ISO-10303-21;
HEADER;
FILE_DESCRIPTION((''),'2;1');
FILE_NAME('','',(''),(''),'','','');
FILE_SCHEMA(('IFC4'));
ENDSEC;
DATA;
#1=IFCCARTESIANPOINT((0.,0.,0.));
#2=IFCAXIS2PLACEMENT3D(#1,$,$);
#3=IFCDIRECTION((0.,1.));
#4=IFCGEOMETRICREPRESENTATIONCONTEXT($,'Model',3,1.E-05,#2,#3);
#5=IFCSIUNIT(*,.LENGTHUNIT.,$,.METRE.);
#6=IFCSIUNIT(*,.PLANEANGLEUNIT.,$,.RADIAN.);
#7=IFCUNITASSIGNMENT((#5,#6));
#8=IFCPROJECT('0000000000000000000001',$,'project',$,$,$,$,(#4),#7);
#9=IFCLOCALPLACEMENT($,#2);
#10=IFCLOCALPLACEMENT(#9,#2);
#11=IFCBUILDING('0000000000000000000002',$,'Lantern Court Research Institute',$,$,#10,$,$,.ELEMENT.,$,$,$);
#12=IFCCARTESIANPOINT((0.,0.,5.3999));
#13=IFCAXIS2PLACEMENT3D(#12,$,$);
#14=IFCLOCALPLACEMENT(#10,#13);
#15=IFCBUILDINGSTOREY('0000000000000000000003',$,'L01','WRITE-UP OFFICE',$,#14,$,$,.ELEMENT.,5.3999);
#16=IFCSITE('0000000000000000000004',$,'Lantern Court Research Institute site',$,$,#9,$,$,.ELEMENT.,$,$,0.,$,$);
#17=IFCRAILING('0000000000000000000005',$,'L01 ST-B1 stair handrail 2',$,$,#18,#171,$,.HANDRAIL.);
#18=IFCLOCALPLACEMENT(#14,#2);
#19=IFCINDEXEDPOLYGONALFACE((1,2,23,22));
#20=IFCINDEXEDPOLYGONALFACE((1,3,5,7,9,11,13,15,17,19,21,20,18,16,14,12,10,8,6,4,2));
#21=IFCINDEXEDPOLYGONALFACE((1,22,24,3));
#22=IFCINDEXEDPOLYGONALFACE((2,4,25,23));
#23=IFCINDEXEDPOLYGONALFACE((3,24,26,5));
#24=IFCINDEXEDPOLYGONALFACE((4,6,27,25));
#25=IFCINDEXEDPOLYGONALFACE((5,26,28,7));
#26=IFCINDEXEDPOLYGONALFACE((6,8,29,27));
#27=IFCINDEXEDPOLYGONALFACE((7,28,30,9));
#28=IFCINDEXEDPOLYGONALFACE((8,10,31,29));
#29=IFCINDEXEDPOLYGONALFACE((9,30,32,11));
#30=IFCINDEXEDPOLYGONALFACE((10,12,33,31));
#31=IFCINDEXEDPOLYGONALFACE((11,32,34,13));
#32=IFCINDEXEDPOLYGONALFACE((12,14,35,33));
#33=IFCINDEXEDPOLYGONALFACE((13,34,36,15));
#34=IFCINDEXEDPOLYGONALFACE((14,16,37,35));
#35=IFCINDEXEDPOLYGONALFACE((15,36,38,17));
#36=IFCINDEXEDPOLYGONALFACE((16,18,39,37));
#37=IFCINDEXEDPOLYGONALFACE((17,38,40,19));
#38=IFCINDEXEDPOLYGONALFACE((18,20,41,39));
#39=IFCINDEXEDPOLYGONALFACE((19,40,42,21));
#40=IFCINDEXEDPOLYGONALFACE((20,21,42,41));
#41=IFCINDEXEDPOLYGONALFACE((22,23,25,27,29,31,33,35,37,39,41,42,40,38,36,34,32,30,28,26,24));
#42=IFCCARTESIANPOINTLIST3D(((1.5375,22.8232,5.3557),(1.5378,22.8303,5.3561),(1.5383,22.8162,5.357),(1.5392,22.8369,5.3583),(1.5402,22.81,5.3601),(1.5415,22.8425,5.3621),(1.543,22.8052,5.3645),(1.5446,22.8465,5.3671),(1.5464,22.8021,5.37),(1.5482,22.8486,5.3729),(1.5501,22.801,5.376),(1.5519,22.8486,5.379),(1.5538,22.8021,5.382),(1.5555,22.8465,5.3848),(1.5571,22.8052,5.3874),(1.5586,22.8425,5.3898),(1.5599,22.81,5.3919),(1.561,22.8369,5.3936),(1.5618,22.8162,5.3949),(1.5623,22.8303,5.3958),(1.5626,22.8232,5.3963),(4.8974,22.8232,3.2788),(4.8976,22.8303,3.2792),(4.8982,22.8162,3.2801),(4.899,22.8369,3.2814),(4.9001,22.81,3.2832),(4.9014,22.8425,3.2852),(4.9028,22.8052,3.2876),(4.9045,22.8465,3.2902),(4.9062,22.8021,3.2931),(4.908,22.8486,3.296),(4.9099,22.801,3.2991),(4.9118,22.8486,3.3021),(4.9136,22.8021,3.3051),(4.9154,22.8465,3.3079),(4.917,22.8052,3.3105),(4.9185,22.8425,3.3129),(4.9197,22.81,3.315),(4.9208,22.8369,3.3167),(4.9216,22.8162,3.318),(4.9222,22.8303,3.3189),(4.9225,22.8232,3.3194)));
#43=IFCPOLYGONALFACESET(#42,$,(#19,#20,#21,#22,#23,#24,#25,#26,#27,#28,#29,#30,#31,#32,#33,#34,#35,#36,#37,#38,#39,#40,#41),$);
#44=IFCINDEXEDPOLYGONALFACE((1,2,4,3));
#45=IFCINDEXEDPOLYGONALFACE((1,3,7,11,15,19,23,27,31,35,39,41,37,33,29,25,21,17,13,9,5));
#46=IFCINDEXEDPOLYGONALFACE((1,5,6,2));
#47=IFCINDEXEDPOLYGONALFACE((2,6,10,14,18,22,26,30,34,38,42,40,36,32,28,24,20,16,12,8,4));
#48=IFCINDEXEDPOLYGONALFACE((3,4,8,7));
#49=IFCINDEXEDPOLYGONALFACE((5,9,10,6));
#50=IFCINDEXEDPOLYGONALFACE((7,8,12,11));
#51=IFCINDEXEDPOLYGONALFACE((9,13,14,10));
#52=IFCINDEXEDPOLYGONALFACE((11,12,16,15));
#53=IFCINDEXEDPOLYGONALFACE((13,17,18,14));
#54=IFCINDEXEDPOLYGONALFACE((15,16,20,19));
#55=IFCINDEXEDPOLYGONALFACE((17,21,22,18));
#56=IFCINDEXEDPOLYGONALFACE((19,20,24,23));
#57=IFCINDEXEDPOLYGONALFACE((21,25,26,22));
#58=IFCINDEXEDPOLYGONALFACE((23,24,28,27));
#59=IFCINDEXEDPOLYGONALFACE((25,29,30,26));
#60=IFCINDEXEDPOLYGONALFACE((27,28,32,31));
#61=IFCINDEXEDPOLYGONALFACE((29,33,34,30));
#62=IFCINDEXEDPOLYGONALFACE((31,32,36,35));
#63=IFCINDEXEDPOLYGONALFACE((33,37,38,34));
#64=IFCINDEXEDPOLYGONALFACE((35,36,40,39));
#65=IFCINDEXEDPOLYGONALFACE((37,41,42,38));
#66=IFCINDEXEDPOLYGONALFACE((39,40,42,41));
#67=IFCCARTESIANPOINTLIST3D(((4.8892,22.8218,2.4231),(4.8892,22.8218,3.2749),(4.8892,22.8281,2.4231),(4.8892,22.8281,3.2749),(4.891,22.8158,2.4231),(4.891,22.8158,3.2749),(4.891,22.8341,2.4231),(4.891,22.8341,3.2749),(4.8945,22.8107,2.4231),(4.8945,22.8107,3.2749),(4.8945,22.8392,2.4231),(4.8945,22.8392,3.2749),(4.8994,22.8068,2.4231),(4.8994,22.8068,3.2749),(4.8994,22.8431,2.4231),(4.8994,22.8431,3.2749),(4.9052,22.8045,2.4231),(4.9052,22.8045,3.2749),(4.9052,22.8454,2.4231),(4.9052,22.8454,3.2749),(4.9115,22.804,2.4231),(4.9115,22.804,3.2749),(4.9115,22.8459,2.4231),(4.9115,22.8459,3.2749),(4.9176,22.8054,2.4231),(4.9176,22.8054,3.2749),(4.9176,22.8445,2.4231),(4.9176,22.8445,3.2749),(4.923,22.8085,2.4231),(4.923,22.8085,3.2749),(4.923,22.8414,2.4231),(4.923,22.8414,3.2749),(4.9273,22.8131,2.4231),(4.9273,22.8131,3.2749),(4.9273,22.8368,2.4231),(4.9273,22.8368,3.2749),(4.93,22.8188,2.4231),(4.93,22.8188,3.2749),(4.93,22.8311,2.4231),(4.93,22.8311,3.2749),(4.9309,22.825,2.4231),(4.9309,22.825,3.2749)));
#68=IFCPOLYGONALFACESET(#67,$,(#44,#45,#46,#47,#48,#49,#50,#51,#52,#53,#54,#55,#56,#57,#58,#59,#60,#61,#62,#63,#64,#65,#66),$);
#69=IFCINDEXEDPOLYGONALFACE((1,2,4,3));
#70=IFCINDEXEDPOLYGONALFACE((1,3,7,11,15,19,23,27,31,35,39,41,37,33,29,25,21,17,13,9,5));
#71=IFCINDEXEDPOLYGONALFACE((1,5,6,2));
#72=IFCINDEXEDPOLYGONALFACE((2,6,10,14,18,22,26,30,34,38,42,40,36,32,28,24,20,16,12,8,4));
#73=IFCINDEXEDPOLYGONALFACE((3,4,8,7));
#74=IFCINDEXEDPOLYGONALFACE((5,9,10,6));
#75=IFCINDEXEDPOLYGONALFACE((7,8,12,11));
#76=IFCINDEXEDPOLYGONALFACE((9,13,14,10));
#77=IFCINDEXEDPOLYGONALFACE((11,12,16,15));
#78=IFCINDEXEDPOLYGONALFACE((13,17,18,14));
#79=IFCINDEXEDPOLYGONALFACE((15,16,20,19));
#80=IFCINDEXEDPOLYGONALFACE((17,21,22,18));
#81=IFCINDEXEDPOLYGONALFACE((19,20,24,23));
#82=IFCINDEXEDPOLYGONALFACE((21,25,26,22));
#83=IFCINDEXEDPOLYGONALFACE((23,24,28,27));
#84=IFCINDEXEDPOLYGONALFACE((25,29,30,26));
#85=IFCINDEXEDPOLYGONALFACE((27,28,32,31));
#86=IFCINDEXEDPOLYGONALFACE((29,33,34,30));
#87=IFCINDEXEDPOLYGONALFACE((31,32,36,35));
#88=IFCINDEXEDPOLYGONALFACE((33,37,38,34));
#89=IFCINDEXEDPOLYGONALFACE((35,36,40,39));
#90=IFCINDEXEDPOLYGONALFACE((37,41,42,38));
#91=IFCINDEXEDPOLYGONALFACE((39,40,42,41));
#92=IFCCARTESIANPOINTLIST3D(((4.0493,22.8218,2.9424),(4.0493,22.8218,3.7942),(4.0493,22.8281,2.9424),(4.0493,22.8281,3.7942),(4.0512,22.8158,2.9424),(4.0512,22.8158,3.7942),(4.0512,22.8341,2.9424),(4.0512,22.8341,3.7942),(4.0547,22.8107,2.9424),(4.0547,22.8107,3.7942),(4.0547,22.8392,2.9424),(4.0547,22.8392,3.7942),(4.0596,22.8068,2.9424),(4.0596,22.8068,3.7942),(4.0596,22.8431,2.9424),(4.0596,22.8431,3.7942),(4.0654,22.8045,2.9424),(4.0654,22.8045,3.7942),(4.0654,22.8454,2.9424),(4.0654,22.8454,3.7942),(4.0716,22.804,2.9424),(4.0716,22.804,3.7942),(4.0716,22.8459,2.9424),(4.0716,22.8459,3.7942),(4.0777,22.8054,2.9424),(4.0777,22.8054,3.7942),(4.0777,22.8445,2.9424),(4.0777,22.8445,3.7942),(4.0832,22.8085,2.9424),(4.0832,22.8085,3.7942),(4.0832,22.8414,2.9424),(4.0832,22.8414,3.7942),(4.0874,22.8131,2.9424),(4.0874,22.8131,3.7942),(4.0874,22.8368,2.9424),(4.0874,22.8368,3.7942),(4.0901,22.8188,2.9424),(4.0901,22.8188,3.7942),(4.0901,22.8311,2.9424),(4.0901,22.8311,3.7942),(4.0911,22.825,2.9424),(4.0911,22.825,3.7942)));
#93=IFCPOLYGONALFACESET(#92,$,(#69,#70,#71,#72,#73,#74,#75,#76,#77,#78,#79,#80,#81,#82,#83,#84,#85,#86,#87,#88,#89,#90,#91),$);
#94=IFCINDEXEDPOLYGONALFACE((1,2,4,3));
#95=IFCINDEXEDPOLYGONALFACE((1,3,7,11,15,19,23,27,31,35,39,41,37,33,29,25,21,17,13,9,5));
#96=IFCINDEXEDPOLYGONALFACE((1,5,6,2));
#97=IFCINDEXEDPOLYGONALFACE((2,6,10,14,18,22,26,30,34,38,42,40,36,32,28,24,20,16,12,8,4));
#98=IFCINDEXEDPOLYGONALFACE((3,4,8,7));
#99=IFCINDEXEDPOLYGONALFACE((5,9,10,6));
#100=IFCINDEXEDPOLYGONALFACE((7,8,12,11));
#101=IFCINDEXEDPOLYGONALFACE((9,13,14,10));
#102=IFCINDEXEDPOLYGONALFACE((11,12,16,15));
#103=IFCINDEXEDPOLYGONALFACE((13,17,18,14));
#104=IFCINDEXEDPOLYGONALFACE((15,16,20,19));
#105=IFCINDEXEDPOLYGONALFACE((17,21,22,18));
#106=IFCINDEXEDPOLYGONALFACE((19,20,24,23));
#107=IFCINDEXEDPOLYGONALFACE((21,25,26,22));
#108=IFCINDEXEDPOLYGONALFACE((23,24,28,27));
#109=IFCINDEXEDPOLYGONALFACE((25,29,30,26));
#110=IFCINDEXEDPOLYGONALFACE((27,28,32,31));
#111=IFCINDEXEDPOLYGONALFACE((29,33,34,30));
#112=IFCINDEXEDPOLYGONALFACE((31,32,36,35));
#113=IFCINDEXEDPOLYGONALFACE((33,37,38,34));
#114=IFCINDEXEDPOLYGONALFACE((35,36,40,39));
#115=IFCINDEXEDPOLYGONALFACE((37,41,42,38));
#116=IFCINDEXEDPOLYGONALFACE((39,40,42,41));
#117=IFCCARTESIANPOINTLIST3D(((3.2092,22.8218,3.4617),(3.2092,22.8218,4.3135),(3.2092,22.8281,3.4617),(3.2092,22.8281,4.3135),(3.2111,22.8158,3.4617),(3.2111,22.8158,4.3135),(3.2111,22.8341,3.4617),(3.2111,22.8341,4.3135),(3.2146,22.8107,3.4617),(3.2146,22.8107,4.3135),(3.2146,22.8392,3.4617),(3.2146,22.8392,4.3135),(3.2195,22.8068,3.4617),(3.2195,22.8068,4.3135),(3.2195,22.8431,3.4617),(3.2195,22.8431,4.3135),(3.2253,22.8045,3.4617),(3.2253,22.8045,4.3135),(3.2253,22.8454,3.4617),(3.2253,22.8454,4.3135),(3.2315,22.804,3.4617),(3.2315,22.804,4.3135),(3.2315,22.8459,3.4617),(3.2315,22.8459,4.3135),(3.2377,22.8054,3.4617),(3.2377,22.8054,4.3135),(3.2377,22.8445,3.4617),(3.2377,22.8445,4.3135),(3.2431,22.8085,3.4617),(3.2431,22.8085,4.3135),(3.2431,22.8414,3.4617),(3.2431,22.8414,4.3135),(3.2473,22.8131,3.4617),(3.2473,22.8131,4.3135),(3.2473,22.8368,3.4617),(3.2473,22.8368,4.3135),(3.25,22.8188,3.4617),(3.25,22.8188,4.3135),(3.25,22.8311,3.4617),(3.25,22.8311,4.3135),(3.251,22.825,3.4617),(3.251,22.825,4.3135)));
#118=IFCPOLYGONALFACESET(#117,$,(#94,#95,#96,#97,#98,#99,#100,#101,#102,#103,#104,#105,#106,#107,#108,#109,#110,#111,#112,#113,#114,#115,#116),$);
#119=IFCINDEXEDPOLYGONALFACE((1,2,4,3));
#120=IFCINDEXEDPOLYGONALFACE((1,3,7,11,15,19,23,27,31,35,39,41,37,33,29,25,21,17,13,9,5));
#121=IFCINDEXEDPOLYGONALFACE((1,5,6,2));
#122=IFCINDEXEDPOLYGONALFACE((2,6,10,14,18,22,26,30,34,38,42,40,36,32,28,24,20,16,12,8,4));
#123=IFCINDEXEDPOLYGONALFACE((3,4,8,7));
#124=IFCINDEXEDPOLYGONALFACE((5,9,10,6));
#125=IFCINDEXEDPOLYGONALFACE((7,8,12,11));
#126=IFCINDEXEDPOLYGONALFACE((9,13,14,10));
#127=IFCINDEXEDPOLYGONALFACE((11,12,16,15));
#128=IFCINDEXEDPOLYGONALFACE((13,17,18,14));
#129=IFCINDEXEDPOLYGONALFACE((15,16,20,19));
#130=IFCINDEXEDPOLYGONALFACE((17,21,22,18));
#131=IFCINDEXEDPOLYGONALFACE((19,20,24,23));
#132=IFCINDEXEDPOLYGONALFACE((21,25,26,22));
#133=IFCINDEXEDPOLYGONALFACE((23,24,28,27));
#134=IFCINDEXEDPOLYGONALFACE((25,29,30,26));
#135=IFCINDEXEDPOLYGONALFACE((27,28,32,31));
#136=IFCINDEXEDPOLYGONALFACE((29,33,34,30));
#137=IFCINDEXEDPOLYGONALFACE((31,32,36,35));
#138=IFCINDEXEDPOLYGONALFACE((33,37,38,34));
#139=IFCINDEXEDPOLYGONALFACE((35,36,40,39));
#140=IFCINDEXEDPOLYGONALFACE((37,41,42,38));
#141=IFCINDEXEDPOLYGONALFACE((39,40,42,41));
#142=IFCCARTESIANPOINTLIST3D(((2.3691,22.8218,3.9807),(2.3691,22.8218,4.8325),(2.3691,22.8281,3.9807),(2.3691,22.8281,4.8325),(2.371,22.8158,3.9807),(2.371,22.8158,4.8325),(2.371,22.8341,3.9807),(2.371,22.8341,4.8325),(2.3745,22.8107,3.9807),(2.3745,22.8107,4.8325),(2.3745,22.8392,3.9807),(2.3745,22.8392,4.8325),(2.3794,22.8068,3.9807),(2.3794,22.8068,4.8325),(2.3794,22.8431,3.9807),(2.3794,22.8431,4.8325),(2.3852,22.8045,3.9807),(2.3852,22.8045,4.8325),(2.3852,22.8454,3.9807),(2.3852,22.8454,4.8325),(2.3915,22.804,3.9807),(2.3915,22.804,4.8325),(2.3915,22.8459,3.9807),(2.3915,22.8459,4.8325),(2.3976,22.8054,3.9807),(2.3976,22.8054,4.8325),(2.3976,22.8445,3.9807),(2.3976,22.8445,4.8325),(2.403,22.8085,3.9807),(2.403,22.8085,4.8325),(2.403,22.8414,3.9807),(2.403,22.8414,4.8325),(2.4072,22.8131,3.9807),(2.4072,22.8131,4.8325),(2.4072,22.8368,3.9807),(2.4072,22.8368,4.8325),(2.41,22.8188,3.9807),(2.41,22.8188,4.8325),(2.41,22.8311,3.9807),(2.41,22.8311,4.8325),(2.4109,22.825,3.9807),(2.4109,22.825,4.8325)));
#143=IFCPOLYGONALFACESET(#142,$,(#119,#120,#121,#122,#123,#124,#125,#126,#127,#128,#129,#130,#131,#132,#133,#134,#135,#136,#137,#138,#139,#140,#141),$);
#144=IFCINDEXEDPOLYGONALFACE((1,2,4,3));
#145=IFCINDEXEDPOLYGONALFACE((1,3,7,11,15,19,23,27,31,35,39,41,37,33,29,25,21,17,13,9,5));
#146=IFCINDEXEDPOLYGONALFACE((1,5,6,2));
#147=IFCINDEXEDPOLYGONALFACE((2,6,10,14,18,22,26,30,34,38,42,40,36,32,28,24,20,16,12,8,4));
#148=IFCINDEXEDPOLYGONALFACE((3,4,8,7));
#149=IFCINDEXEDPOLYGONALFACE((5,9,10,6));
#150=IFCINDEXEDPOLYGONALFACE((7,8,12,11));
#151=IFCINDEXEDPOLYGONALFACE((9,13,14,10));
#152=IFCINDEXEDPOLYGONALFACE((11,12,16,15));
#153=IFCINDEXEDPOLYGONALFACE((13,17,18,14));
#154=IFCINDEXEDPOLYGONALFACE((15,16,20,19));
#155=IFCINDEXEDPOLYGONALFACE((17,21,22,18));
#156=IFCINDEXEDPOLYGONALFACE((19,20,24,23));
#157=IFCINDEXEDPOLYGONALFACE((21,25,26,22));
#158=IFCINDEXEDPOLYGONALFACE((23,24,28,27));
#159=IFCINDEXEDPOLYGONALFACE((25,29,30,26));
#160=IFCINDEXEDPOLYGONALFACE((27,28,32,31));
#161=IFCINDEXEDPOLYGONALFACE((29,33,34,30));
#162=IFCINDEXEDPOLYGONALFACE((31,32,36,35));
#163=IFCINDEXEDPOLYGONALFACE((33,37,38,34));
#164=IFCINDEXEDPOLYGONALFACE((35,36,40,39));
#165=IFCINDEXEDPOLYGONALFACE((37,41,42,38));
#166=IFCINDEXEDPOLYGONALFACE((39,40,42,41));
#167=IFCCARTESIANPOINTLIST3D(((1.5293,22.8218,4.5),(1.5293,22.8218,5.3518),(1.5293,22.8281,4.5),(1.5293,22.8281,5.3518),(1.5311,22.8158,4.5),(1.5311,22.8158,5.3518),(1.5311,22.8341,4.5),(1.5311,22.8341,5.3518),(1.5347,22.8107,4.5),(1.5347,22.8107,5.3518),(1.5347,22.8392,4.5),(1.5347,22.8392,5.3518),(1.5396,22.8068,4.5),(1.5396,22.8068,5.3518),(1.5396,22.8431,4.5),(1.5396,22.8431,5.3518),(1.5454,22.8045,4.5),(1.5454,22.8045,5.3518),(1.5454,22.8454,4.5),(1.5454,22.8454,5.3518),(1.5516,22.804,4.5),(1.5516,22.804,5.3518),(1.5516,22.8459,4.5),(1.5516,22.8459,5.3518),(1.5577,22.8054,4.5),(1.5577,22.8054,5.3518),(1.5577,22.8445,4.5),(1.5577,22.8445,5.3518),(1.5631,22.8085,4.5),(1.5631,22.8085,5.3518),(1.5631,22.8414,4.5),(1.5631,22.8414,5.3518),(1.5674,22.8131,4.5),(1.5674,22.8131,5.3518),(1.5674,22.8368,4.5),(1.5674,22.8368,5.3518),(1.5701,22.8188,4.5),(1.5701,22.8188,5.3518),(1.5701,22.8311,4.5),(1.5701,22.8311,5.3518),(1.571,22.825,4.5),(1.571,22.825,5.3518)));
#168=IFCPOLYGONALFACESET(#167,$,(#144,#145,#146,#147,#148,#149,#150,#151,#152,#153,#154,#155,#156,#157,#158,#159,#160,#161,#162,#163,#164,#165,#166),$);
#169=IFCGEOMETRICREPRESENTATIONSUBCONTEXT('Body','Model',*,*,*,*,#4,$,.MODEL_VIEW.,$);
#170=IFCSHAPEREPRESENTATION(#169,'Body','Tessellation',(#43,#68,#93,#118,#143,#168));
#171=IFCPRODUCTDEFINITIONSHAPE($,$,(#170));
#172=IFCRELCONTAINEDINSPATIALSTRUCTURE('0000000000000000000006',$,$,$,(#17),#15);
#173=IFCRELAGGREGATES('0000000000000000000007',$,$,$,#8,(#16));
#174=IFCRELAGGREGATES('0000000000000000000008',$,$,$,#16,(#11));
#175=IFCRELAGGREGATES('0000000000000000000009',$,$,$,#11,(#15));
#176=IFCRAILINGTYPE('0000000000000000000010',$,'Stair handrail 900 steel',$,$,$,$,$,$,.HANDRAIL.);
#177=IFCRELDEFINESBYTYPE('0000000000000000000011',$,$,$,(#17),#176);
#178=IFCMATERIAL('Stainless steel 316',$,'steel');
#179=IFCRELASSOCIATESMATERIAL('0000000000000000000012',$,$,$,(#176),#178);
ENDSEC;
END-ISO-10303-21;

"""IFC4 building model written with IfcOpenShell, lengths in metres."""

from ifc_helpers import new_model, si_unit, direction, frame, origin, origin_2d, place, context, subcontext, project, spatial, circle, extrude, material, type_object, element, save


model = new_model("IFC4")

# Units and contexts
model_context = context("Model", 3, precision=1e-05, world=origin(), true_north=direction((0.0, 1.0)))
body_context = subcontext(model_context, "Body", "Model", "MODEL_VIEW")
ifc_project = project(units=[si_unit("LENGTHUNIT", "METRE"), si_unit("PLANEANGLEUNIT", "RADIAN")], contexts=[model_context])

# Site, building, storey
site_placement = place(None, origin())
site = spatial("IfcSite", under=ifc_project, at=site_placement, Name="Lantern Court Research Institute site", CompositionType="ELEMENT", RefElevation=0.0)
building_placement = place(site_placement, origin())
building = spatial("IfcBuilding", under=site, at=building_placement, Name="Lantern Court Research Institute", CompositionType="ELEMENT")
storey_placement = place(building_placement, frame((0.0, 0.0, 5.3999)))
storey = spatial("IfcBuildingStorey", under=building, at=storey_placement, Name="L01", Description="WRITE-UP OFFICE", CompositionType="ELEMENT", Elevation=5.3999)

# Railing
ifc_material_1 = material(Name="Stainless steel 316", Category="steel")
railing_type_1 = type_object("IfcRailingType", Name="Stair handrail 900 steel", PredefinedType="HANDRAIL", material=ifc_material_1)
railing_1_placement = place(storey_placement, frame((4.9099, 22.825, 2.4231)))
element("IfcRailing", 1, at=railing_1_placement, inside=storey, type_object=railing_type_1, Name="L01 ST-B1 stair handrail 2", PredefinedType="HANDRAIL", context=body_context, shape_type="SweptSolid", body=[
    extrude(circle(Radius=0.0239, at=origin_2d()), frame((0.0, 0.0, 0.876), z_axis=(-0.850606, 0.0, 0.525803), x_axis=(0.0, -1.0, 0.0)), (0.0, 0.0, 1.0), 3.95),
    extrude(circle(Radius=0.021, at=origin_2d()), origin(), (0.0, 0.0, 1.0), 0.8518),
    extrude(circle(Radius=0.021, at=origin_2d()), frame((-0.8398, 0.0, 0.5193)), (0.0, 0.0, 1.0), 0.8518),
    extrude(circle(Radius=0.021, at=origin_2d()), frame((-1.6799, 0.0, 1.0386)), (0.0, 0.0, 1.0), 0.8518),
    extrude(circle(Radius=0.021, at=origin_2d()), frame((-2.52, 0.0, 1.5576)), (0.0, 0.0, 1.0), 0.8518),
    extrude(circle(Radius=0.021, at=origin_2d()), frame((-3.3599, 0.0, 2.0769)), (0.0, 0.0, 1.0), 0.8518),
])

save(model, "model.ifc")
